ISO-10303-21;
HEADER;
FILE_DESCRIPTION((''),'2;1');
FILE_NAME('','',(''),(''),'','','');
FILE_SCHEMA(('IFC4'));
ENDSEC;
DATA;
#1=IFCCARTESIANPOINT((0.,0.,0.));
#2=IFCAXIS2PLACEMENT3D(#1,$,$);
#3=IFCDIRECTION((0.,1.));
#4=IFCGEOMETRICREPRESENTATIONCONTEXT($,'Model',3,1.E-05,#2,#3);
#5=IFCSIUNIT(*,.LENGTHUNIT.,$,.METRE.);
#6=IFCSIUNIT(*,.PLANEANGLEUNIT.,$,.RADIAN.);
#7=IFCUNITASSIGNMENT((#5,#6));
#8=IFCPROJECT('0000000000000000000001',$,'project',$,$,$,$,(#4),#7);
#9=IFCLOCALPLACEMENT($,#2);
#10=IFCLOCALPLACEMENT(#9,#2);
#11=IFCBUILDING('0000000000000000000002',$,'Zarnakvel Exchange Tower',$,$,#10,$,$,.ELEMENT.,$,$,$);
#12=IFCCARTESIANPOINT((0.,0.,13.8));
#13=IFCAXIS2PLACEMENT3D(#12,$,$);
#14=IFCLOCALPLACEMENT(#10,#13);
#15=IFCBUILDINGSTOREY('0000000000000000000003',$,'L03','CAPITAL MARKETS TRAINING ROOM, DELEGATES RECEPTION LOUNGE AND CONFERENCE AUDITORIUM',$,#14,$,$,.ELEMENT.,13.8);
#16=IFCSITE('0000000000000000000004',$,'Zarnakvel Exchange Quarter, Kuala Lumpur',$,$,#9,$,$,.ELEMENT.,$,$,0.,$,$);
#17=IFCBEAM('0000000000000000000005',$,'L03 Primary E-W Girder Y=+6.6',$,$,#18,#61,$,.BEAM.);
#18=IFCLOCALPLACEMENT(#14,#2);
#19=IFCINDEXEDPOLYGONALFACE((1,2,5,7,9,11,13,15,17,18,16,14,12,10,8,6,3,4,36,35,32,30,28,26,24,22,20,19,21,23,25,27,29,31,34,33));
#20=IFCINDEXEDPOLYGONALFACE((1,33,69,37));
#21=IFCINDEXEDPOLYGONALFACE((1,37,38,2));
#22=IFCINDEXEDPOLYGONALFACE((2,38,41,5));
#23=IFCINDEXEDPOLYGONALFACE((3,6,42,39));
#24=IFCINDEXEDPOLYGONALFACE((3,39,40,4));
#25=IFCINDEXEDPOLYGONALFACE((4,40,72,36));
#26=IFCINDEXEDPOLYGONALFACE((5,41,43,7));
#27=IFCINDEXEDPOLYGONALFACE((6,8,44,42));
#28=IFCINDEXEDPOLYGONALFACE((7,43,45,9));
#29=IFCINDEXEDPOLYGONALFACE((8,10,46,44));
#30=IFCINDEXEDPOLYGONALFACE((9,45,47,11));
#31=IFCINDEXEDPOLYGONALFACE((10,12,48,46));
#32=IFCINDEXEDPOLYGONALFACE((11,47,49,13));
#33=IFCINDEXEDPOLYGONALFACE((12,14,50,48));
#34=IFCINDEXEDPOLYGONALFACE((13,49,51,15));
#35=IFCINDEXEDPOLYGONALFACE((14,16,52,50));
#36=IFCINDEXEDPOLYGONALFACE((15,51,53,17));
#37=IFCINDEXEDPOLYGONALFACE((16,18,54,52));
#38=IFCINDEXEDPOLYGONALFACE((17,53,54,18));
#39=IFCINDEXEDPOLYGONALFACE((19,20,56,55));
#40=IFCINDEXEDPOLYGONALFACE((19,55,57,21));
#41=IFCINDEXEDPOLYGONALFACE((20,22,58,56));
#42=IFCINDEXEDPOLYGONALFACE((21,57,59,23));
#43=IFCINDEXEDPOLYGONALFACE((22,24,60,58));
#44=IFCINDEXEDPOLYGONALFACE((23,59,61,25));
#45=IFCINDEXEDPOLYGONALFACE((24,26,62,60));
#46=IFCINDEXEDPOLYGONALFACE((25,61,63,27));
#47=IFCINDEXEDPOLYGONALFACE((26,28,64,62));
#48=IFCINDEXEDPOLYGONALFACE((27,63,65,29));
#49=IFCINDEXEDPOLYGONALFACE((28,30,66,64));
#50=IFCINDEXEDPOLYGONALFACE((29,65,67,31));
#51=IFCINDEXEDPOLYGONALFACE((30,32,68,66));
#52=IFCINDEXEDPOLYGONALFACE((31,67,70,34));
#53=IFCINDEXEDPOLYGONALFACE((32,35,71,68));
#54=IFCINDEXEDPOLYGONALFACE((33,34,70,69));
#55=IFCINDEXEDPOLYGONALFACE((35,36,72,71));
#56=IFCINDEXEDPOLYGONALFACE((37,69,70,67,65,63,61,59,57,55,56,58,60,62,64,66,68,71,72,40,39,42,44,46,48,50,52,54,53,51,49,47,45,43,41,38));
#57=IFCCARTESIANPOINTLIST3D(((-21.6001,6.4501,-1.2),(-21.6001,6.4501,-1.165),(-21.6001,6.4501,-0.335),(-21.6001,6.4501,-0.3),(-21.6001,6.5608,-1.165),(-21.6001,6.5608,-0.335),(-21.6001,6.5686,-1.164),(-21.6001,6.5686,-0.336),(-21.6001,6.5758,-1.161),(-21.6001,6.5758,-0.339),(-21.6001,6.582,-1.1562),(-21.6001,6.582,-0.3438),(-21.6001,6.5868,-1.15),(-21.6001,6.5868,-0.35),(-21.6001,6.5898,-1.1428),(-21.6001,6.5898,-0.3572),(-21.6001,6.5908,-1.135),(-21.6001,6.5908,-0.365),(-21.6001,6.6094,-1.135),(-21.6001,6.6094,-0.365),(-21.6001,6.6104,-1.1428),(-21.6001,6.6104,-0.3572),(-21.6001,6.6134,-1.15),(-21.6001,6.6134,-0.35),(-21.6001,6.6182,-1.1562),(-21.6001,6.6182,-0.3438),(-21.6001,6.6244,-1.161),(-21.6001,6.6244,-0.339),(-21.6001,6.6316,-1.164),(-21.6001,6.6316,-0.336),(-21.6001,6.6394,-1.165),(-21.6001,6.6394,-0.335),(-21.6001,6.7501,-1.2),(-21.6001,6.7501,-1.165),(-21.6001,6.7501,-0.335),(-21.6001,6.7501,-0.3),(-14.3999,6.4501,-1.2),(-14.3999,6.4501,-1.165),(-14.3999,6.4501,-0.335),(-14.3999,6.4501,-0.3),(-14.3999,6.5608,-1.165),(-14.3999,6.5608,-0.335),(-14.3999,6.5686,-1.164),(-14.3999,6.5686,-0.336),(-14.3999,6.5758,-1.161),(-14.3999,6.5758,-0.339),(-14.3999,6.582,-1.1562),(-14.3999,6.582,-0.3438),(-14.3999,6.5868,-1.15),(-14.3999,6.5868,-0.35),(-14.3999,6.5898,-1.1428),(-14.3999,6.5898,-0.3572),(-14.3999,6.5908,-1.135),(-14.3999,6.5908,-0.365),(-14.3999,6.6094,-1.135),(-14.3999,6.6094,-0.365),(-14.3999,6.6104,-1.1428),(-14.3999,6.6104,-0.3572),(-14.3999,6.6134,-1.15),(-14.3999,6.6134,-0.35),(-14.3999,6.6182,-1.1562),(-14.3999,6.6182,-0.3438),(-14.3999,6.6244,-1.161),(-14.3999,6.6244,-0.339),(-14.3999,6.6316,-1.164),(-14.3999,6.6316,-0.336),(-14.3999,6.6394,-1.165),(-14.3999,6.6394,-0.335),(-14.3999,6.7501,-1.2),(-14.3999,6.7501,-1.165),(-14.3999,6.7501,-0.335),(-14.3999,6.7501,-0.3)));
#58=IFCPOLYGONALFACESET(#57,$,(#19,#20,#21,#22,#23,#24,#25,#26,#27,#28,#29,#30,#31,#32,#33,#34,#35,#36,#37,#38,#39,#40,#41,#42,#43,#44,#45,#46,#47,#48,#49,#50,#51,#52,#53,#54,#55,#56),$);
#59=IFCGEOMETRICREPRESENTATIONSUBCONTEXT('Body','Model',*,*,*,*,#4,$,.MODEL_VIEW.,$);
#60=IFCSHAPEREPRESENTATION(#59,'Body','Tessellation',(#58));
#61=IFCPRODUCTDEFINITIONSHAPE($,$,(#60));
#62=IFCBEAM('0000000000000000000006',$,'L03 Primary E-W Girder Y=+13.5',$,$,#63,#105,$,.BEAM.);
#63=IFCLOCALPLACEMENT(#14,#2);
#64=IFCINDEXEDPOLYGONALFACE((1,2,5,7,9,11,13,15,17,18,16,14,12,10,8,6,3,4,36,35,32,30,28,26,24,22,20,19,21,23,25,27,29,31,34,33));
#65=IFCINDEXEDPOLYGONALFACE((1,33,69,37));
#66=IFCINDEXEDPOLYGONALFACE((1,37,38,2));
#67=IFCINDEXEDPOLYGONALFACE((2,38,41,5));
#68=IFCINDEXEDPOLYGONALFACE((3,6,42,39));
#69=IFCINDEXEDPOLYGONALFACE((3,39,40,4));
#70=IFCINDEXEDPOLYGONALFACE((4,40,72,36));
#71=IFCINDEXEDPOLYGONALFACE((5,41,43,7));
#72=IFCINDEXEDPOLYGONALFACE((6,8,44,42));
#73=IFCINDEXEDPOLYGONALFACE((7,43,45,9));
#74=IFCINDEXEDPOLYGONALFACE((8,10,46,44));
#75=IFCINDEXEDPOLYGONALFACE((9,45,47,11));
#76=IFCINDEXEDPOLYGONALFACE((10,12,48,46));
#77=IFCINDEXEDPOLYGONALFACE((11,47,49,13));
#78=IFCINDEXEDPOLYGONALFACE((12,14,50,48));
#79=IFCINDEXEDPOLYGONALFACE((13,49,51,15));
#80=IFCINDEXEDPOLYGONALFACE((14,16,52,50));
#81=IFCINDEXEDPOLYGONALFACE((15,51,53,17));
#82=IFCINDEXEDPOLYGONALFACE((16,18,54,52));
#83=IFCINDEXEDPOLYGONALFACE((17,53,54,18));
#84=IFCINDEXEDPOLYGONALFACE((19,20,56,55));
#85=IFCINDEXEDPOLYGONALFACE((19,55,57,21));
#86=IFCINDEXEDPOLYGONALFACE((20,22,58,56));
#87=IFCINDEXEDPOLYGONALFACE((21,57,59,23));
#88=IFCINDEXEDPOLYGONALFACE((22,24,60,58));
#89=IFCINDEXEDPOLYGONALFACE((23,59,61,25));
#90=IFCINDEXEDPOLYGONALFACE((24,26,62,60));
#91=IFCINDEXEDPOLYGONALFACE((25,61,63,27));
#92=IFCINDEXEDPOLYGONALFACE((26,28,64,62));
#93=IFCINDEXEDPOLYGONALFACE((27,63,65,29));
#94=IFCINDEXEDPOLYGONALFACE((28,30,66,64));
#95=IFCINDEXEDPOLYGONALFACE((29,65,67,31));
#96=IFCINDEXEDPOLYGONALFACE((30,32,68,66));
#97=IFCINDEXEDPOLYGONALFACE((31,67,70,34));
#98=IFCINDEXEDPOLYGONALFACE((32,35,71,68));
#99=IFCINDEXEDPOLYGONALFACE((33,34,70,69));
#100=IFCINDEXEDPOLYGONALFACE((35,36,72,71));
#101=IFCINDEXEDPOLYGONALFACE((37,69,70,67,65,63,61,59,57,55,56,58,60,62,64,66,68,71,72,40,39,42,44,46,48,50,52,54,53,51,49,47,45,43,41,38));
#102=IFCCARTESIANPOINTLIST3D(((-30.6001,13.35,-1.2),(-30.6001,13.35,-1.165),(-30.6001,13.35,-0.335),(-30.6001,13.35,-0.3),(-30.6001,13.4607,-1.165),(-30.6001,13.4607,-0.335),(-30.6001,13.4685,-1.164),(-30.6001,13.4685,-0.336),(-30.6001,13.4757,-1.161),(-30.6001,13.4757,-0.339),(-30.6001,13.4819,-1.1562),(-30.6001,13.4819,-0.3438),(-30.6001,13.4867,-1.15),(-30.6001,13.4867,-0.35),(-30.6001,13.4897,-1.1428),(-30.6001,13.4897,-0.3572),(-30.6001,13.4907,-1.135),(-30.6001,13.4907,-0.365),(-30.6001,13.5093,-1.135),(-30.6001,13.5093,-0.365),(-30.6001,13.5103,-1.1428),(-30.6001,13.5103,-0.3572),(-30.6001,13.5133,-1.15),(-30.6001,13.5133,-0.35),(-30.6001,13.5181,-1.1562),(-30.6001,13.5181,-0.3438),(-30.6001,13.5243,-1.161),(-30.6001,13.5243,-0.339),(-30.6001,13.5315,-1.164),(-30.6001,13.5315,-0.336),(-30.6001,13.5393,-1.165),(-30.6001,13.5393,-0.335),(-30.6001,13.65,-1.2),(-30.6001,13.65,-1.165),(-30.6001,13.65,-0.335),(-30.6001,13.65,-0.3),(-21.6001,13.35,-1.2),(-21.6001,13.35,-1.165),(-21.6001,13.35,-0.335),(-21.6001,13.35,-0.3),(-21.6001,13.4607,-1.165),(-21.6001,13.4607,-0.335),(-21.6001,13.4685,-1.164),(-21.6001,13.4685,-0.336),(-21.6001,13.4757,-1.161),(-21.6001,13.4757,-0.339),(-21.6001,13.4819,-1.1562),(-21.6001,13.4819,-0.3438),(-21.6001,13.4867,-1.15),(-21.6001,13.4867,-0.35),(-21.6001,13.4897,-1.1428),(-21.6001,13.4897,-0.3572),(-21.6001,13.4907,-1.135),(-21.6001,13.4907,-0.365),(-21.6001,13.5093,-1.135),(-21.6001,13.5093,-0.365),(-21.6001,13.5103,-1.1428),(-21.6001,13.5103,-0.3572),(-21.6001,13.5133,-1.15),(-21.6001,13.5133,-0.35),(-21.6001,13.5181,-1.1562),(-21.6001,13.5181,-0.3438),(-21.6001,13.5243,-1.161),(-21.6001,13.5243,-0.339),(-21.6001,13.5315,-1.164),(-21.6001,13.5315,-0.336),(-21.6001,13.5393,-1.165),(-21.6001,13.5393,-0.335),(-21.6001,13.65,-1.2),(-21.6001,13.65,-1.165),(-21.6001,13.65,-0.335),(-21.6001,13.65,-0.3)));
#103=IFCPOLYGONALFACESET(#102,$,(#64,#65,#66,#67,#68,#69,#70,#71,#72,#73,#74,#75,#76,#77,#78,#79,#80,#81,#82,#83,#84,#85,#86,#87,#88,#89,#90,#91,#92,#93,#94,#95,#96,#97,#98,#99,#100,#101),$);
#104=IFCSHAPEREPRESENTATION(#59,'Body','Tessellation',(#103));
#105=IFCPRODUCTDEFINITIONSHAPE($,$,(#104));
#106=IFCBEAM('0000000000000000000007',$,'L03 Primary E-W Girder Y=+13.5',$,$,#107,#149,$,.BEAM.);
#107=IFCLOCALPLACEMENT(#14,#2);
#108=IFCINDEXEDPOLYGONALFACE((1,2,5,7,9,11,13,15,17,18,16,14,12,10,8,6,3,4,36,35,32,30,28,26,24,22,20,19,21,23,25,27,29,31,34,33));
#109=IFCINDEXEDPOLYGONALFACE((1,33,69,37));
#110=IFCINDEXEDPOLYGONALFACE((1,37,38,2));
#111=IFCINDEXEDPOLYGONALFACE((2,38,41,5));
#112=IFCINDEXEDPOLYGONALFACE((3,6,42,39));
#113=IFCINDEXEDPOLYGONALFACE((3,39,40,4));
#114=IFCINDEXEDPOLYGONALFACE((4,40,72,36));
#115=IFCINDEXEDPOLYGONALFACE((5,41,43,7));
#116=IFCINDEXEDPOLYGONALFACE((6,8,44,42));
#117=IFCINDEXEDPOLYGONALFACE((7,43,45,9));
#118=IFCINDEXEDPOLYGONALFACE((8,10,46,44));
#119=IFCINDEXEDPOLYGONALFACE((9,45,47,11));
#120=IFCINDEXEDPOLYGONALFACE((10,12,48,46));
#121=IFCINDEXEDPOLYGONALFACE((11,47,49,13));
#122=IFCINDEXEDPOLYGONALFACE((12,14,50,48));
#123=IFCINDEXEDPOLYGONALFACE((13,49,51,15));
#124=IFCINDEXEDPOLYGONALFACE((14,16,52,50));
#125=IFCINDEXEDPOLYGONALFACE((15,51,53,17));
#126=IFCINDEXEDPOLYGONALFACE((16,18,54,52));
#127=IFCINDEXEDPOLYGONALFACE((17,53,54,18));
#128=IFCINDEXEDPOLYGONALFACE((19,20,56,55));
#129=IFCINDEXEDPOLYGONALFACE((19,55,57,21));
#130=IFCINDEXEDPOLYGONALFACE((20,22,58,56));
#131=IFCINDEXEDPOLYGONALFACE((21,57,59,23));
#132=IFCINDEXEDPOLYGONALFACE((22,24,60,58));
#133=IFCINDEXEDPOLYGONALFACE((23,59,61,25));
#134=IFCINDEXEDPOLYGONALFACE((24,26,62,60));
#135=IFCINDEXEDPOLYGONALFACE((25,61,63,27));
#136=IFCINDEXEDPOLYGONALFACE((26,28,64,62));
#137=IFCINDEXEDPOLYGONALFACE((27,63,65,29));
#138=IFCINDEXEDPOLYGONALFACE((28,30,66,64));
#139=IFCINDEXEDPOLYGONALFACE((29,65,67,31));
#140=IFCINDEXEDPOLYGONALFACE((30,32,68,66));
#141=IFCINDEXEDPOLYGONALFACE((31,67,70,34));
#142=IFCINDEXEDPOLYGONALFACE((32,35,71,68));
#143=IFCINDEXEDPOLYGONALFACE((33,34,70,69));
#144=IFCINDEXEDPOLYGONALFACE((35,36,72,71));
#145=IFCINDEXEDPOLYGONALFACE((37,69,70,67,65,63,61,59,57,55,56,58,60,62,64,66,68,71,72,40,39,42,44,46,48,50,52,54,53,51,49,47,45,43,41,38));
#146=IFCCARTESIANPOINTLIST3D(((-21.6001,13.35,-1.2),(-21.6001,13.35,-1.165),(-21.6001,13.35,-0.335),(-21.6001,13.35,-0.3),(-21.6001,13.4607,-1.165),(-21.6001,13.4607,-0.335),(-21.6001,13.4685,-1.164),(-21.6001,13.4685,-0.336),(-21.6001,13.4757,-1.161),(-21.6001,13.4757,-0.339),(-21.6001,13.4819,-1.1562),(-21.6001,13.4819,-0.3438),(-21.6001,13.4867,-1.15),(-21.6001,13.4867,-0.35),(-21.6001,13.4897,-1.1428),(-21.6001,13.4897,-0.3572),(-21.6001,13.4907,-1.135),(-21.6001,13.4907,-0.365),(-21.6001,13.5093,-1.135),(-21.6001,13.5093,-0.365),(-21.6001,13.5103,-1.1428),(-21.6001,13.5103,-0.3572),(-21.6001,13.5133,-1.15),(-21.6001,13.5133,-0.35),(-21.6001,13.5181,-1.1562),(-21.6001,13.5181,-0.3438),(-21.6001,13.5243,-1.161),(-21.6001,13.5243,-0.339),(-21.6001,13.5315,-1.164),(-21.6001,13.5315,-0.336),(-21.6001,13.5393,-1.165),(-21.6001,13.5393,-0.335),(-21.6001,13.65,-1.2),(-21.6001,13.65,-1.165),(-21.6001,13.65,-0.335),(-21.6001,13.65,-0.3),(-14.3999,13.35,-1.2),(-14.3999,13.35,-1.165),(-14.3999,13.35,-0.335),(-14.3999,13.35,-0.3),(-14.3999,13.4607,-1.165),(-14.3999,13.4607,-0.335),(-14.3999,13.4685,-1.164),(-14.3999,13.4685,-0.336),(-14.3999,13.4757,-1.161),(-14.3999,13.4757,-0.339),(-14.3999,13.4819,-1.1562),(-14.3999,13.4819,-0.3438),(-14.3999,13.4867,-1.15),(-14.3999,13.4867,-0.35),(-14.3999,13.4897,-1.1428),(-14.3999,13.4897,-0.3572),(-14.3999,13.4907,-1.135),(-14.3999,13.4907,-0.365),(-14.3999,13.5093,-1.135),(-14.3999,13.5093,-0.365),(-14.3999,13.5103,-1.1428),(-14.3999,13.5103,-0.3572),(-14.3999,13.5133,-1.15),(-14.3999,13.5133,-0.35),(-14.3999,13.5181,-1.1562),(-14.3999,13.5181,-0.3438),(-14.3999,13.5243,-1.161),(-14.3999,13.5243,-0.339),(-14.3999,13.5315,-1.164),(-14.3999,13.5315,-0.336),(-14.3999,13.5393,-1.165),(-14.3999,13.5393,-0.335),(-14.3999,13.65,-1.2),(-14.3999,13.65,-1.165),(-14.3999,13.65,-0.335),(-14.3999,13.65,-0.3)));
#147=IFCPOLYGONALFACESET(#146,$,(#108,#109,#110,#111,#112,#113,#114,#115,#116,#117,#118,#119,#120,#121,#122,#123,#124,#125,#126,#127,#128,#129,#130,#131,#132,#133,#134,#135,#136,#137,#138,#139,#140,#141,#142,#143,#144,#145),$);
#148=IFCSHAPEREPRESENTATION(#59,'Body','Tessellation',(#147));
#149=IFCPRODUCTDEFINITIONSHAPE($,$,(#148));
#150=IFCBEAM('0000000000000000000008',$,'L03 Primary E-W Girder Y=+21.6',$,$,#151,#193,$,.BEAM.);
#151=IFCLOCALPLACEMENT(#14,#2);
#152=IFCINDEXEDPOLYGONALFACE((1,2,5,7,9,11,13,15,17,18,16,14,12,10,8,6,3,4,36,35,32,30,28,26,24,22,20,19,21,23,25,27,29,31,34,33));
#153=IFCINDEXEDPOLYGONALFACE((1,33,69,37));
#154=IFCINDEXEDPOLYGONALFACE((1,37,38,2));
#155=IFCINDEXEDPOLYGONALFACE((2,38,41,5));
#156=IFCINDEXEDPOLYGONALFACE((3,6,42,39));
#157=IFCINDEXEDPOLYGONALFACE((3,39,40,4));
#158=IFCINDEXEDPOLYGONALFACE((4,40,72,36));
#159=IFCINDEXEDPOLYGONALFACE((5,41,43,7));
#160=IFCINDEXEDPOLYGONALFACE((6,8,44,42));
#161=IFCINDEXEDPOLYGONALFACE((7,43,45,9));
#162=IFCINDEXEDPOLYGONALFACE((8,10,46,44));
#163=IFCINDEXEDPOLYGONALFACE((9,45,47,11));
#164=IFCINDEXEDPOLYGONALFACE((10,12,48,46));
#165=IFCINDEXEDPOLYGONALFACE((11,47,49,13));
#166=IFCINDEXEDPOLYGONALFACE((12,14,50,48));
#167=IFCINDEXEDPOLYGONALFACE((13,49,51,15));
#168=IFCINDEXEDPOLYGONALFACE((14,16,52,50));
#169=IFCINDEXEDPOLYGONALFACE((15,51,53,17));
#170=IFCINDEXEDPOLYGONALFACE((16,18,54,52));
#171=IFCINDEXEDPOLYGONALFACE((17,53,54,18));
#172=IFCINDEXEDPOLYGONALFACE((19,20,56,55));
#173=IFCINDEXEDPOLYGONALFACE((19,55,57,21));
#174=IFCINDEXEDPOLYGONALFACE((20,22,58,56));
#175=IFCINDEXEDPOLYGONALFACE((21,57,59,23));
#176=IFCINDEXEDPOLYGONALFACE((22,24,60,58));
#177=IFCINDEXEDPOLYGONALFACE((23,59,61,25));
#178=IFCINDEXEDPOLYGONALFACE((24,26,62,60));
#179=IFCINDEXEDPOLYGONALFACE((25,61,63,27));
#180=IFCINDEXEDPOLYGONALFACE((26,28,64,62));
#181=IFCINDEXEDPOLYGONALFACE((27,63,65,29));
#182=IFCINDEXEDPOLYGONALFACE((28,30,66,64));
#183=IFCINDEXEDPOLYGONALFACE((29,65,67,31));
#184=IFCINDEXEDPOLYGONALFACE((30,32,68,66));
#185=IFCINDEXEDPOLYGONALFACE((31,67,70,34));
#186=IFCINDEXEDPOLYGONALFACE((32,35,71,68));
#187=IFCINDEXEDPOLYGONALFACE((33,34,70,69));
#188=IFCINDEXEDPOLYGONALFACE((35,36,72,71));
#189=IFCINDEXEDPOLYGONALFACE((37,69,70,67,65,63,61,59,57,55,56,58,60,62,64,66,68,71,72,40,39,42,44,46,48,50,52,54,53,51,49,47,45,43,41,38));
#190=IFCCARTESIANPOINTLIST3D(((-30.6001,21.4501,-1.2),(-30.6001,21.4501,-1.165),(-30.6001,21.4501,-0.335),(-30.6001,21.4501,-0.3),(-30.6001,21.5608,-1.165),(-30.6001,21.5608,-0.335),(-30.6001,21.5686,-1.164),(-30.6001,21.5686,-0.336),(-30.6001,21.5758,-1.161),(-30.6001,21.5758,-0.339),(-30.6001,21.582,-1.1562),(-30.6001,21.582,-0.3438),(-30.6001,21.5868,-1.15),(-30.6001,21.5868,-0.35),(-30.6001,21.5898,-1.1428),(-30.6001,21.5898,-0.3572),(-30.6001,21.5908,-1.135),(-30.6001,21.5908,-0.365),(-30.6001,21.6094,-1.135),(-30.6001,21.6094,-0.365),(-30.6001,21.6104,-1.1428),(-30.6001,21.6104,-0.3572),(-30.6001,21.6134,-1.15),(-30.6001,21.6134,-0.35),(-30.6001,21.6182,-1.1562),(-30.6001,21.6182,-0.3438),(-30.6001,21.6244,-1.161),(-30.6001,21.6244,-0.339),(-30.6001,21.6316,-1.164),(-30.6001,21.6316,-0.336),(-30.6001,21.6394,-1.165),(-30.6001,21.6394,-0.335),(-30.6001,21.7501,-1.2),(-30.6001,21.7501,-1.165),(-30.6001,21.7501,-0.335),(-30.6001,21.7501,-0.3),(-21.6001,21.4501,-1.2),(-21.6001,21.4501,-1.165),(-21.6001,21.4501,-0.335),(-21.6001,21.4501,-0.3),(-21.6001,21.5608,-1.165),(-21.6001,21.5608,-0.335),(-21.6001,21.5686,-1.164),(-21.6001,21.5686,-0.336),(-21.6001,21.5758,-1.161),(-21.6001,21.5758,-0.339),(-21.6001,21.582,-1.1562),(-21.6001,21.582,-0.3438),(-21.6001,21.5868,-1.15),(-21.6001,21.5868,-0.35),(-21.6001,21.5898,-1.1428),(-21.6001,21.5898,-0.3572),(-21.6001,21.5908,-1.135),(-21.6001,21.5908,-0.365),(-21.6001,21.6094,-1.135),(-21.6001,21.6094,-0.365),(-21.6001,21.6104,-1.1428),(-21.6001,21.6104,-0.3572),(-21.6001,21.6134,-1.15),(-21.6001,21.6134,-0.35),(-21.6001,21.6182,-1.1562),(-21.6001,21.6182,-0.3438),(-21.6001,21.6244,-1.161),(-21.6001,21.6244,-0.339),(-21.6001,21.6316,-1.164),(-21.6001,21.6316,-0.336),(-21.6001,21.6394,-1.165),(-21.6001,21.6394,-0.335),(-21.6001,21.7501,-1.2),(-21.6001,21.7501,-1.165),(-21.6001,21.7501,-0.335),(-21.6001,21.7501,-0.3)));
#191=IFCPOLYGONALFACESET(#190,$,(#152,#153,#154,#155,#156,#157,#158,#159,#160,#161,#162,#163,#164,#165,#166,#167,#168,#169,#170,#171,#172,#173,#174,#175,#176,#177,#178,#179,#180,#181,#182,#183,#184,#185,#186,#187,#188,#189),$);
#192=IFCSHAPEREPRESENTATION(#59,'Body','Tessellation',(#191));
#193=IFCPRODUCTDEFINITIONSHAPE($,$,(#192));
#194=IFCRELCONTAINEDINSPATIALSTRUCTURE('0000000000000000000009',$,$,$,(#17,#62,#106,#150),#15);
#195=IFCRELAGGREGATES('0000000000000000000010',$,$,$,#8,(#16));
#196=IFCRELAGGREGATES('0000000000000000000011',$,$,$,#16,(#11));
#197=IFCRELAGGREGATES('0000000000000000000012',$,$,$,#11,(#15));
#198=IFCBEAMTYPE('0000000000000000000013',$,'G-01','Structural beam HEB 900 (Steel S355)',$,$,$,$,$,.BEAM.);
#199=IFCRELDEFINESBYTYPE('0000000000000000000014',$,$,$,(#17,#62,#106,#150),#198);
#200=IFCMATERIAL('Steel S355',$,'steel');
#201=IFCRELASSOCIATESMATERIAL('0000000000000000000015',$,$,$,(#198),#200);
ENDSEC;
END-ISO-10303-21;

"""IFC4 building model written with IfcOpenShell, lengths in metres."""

from ifc_helpers import new_model, si_unit, direction, frame, origin, origin_2d, place, context, subcontext, project, spatial, i_section, extrude, material, material_profile, profile_set, type_object, element, save


model = new_model("IFC4")

# Units and contexts
model_context = context("Model", 3, precision=1e-05, world=origin(), true_north=direction((0.0, 1.0)))
body_context = subcontext(model_context, "Body", "Model", "MODEL_VIEW")
ifc_project = project(units=[si_unit("LENGTHUNIT", "METRE"), si_unit("PLANEANGLEUNIT", "RADIAN")], contexts=[model_context])

# Site, building, storey
site_placement = place(None, origin())
site = spatial("IfcSite", under=ifc_project, at=site_placement, Name="Zarnakvel Exchange Quarter, Kuala Lumpur", CompositionType="ELEMENT", RefElevation=0.0)
building_placement = place(site_placement, origin())
building = spatial("IfcBuilding", under=site, at=building_placement, Name="Zarnakvel Exchange Tower", CompositionType="ELEMENT")
storey_placement = place(building_placement, frame((0.0, 0.0, 13.8)))
storey = spatial("IfcBuildingStorey", under=building, at=storey_placement, Name="L03", Description="CAPITAL MARKETS TRAINING ROOM, DELEGATES RECEPTION LOUNGE AND CONFERENCE AUDITORIUM", CompositionType="ELEMENT", Elevation=13.8)

# Beams
ifc_material_1 = material(Name="Steel S355", Category="steel")
ifc_material_profile_1 = material_profile(ifc_material_1, i_section(OverallWidth=0.3, OverallDepth=0.8999, WebThickness=0.0186, FlangeThickness=0.0349, FilletRadius=0.03, at=origin_2d()))
ifc_profile_set_1 = profile_set([ifc_material_profile_1], Name="Steel S355")
beam_type_1 = type_object("IfcBeamType", Name="G-01", Description="Structural beam HEB 900 (Steel S355)", PredefinedType="BEAM", material=ifc_profile_set_1)
beam_1_placement = place(storey_placement, frame((-21.6001, 6.6001, -0.75), z_axis=(1.0, 0.0, 0.0), x_axis=(0.0, 1.0, 0.0)))
element("IfcBeam", 1, at=beam_1_placement, inside=storey, type_object=beam_type_1, Name="L03 Primary E-W Girder Y=+6.6", PredefinedType="BEAM", context=body_context, shape_type="SweptSolid", body=[
    extrude(i_section(OverallWidth=0.3, OverallDepth=0.8999, WebThickness=0.0186, FlangeThickness=0.0349, FilletRadius=0.03, at=origin_2d()), origin(), (0.0, 0.0, 1.0), 7.2002),
])
beam_2_placement = place(storey_placement, frame((-30.6001, 13.5, -0.75), z_axis=(1.0, 0.0, 0.0), x_axis=(0.0, 1.0, 0.0)))
element("IfcBeam", 2, at=beam_2_placement, inside=storey, type_object=beam_type_1, Name="L03 Primary E-W Girder Y=+13.5", PredefinedType="BEAM", context=body_context, shape_type="SweptSolid", body=[
    extrude(i_section(OverallWidth=0.3, OverallDepth=0.8999, WebThickness=0.0186, FlangeThickness=0.0349, FilletRadius=0.03, at=origin_2d()), origin(), (0.0, 0.0, 1.0), 9.0),
])
beam_3_placement = place(storey_placement, frame((-21.6001, 13.5, -0.75), z_axis=(1.0, 0.0, 0.0), x_axis=(0.0, 1.0, 0.0)))
element("IfcBeam", 3, at=beam_3_placement, inside=storey, type_object=beam_type_1, Name="L03 Primary E-W Girder Y=+13.5", PredefinedType="BEAM", context=body_context, shape_type="SweptSolid", body=[
    extrude(i_section(OverallWidth=0.3, OverallDepth=0.8999, WebThickness=0.0186, FlangeThickness=0.0349, FilletRadius=0.03, at=origin_2d()), origin(), (0.0, 0.0, 1.0), 7.2002),
])
beam_4_placement = place(storey_placement, frame((-30.6001, 21.6001, -0.75), z_axis=(1.0, 0.0, 0.0), x_axis=(0.0, 1.0, 0.0)))
element("IfcBeam", 4, at=beam_4_placement, inside=storey, type_object=beam_type_1, Name="L03 Primary E-W Girder Y=+21.6", PredefinedType="BEAM", context=body_context, shape_type="SweptSolid", body=[
    extrude(i_section(OverallWidth=0.3, OverallDepth=0.8999, WebThickness=0.0186, FlangeThickness=0.0349, FilletRadius=0.03, at=origin_2d()), origin(), (0.0, 0.0, 1.0), 9.0),
])

save(model, "model.ifc")
